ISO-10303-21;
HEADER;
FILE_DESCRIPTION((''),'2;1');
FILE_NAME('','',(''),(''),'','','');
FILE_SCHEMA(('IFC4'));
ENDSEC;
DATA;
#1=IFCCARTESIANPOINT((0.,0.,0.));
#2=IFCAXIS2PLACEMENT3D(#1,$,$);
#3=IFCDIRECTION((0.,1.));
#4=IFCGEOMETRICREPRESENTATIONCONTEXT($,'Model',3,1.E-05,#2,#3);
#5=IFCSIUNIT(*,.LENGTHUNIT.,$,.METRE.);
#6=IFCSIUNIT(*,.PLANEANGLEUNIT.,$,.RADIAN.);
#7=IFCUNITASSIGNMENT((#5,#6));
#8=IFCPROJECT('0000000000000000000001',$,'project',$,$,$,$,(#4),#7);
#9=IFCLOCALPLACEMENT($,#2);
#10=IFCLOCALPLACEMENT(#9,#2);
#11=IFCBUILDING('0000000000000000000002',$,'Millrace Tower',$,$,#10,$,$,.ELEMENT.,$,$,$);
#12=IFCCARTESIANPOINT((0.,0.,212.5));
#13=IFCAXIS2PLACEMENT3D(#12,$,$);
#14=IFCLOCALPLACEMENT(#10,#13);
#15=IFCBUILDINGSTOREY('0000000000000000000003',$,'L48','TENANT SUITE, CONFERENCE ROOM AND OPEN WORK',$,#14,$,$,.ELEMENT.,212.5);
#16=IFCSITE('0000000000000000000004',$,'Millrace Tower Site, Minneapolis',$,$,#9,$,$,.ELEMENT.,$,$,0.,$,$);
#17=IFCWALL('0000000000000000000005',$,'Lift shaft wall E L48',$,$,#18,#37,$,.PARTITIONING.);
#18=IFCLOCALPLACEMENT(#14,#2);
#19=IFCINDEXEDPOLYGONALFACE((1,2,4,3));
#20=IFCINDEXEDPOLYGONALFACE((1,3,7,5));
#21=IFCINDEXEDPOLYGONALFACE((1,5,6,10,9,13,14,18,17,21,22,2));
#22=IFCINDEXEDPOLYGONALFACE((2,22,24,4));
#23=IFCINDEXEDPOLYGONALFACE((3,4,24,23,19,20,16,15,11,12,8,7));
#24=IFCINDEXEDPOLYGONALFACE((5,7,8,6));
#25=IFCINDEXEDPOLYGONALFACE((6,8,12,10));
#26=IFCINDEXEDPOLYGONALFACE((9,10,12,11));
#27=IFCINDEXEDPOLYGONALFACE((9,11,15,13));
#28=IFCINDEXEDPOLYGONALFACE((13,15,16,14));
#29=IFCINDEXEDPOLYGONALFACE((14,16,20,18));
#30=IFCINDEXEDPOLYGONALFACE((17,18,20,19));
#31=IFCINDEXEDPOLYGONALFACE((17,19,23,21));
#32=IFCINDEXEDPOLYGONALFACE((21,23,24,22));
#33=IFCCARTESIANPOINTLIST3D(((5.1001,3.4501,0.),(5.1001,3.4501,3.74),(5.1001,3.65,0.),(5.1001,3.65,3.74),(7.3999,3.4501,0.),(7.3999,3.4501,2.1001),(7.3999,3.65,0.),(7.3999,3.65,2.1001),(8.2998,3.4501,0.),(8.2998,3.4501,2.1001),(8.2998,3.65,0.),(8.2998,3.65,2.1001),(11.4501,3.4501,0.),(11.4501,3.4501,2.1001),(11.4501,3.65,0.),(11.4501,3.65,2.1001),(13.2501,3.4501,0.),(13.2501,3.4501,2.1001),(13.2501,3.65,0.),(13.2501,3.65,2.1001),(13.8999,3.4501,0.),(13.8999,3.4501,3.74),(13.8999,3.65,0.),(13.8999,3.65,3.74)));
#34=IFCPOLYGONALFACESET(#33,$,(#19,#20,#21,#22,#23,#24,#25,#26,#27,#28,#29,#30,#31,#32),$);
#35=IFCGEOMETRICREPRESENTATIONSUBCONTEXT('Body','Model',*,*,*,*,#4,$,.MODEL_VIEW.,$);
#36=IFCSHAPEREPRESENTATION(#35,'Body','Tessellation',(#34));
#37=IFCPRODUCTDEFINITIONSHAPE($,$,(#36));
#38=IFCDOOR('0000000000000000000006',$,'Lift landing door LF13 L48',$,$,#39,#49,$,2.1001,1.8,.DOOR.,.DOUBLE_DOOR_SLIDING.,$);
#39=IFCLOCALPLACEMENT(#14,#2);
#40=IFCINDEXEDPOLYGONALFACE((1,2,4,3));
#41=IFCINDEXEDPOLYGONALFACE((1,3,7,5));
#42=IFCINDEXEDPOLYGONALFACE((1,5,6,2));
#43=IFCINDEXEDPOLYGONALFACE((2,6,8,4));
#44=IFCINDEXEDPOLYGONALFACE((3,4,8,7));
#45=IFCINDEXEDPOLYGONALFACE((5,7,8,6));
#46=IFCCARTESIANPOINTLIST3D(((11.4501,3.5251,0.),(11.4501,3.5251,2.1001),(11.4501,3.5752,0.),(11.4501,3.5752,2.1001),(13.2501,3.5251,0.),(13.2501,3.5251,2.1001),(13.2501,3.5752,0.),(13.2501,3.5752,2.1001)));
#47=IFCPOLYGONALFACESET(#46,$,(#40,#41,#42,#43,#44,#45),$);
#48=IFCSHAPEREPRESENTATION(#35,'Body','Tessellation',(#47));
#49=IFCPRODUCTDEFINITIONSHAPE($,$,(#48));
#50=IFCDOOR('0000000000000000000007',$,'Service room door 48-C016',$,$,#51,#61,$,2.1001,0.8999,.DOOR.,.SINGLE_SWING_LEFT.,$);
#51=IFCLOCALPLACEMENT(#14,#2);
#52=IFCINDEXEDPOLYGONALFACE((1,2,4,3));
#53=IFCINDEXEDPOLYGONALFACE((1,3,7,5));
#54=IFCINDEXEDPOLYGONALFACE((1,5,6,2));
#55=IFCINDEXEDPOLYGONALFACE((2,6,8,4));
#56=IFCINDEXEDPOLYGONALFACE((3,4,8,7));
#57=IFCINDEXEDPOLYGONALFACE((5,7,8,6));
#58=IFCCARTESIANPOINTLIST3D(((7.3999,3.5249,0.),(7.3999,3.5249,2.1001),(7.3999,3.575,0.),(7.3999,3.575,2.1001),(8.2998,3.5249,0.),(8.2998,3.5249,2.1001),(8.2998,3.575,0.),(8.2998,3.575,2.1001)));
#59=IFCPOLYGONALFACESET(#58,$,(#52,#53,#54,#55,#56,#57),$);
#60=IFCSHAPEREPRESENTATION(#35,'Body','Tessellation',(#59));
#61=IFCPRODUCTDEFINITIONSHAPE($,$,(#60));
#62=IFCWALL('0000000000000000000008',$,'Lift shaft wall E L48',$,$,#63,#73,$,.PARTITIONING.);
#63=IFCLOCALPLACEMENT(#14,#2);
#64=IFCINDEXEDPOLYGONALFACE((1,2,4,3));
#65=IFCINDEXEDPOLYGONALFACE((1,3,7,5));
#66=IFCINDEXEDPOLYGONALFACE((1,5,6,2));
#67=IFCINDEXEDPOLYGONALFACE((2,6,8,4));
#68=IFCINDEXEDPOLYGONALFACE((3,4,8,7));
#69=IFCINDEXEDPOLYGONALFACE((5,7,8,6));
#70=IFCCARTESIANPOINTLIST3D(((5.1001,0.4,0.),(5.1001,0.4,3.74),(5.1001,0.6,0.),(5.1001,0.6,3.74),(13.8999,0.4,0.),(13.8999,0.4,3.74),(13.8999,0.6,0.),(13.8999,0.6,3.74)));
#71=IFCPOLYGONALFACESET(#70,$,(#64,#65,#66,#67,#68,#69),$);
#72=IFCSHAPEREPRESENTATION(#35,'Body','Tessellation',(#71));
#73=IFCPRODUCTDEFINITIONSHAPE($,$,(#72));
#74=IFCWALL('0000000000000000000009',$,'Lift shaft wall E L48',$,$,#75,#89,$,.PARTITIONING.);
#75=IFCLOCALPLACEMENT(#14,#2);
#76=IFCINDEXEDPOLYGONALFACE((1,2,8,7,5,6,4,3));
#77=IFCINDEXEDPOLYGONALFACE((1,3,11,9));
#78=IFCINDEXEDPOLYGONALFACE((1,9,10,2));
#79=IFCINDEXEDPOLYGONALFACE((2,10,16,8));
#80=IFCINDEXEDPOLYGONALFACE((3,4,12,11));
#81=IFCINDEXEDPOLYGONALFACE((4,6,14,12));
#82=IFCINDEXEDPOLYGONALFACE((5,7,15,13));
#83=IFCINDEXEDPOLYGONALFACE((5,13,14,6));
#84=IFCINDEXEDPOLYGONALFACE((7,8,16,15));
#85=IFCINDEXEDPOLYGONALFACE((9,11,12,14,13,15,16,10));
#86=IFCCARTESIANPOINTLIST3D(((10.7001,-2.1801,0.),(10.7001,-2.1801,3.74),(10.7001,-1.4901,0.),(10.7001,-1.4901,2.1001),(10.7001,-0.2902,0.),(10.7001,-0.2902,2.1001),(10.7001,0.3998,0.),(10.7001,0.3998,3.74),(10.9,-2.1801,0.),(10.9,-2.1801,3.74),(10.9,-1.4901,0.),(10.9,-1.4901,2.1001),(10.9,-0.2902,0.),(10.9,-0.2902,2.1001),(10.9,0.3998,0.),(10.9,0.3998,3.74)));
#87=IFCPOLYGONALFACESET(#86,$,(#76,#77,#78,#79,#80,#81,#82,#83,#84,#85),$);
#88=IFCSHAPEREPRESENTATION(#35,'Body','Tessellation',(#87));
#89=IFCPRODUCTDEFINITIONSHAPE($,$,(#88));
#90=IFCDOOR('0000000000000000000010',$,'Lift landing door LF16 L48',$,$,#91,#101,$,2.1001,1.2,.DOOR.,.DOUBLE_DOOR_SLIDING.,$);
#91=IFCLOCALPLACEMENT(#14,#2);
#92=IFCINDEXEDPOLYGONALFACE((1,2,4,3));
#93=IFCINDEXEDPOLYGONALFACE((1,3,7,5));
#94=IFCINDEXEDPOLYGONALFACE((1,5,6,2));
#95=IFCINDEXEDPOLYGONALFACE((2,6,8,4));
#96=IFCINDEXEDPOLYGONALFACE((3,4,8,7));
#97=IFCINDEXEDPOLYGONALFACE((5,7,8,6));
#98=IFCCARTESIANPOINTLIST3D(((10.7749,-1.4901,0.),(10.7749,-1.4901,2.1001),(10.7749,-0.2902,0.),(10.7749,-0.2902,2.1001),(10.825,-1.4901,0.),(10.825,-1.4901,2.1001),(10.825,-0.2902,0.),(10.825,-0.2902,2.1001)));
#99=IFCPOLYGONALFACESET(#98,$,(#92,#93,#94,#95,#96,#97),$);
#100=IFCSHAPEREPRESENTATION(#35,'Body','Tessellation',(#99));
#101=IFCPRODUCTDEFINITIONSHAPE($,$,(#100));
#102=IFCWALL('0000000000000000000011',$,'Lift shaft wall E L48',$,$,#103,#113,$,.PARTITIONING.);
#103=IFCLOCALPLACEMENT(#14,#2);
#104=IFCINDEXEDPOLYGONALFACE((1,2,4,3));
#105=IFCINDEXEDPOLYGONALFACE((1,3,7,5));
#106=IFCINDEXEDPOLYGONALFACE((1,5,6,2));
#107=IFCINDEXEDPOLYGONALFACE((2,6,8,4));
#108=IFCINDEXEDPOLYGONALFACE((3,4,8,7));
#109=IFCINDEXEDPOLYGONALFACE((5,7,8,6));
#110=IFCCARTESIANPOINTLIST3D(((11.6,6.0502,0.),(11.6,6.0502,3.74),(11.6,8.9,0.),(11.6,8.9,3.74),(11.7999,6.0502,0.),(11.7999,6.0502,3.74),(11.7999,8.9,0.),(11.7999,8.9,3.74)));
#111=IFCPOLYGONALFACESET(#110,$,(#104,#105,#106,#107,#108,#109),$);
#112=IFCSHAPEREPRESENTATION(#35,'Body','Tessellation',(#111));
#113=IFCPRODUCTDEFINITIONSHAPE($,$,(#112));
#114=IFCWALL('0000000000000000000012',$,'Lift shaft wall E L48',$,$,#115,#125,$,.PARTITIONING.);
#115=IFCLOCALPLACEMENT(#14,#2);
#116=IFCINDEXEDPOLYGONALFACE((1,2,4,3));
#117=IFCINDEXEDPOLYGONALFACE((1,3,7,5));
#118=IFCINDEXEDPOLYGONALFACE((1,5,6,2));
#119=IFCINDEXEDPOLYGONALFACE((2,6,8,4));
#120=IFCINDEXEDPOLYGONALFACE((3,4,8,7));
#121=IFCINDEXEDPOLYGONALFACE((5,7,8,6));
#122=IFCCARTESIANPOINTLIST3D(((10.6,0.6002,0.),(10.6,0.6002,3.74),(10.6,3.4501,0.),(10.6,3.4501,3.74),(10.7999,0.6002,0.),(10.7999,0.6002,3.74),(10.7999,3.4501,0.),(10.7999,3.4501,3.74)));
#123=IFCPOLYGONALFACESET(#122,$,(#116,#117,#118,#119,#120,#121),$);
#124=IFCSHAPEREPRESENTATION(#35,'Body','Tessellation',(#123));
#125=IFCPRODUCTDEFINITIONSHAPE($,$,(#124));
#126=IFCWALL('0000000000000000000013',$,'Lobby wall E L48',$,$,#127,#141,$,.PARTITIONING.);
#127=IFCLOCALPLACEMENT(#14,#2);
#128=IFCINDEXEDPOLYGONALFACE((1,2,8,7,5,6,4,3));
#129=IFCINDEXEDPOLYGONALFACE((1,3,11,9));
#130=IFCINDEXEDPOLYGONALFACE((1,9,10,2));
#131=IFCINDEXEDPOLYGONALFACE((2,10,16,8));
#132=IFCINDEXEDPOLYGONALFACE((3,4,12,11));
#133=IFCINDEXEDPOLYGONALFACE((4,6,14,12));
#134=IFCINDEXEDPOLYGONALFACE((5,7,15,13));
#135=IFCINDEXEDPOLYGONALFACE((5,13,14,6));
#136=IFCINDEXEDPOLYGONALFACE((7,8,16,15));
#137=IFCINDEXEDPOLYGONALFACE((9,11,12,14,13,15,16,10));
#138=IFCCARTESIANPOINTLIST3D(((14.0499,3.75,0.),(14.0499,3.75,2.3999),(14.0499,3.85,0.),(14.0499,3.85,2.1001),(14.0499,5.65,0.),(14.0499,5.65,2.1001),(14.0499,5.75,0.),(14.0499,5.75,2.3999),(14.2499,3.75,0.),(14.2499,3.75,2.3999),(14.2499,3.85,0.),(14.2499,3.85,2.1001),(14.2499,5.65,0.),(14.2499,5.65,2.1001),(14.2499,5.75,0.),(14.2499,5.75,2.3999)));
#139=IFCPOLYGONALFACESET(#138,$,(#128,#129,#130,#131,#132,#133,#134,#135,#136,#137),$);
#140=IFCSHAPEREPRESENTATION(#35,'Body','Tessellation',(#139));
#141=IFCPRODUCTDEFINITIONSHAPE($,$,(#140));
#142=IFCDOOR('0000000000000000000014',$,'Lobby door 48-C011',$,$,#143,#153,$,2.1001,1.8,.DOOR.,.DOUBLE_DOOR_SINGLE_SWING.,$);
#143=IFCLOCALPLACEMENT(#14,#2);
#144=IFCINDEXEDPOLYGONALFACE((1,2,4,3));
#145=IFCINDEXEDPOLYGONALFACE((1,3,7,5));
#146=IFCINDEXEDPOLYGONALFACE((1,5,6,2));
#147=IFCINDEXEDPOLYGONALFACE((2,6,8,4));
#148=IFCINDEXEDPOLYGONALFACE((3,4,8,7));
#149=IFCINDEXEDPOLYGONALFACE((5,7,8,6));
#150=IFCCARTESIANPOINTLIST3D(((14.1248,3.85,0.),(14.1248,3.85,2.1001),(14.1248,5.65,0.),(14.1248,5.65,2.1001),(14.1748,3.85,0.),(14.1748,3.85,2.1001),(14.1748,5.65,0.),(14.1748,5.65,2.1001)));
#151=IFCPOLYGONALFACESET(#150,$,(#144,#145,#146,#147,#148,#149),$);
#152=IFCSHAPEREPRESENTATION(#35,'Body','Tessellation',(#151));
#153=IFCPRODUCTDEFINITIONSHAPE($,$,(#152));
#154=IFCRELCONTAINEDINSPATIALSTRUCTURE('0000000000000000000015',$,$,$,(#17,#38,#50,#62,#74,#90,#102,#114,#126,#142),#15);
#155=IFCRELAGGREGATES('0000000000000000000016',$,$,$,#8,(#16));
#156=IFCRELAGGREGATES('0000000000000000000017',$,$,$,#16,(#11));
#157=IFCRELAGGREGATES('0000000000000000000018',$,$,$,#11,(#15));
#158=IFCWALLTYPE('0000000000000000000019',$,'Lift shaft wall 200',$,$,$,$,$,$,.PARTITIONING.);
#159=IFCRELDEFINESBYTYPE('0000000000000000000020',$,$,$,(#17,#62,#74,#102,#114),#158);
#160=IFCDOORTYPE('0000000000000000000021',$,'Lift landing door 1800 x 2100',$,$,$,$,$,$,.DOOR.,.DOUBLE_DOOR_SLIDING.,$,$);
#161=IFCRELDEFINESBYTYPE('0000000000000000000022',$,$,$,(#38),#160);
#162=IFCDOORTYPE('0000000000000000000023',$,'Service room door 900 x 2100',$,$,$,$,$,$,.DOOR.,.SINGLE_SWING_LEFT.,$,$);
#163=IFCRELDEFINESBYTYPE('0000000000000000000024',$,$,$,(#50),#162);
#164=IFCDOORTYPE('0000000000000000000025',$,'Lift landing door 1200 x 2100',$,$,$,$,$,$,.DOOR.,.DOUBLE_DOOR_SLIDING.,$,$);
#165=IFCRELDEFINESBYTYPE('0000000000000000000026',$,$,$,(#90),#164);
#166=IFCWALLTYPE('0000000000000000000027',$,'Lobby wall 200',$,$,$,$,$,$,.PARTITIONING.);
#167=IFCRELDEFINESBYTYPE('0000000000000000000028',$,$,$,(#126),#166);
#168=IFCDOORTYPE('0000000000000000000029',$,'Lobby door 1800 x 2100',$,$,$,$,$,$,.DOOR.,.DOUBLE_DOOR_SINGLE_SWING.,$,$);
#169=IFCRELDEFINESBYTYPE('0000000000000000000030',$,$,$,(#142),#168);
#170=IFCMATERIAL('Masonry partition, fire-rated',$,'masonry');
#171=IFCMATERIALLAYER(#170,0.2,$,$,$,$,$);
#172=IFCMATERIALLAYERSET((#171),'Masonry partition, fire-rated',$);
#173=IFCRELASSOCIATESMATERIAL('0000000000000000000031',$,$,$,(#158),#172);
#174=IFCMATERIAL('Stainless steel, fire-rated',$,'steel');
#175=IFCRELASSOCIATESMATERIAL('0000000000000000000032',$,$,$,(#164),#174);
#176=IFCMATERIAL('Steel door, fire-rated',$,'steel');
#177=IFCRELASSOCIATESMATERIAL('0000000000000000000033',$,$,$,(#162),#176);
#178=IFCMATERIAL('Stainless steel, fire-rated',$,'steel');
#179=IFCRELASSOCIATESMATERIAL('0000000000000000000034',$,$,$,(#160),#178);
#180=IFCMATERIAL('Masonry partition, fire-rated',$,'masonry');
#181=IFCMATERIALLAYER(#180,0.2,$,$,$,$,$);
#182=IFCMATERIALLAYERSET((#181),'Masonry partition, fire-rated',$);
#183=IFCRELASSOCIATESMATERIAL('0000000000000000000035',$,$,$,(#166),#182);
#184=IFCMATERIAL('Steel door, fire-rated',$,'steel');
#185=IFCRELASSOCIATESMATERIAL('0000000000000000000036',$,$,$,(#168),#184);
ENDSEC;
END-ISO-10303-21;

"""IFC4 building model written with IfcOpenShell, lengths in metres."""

from ifc_helpers import new_model, si_unit, direction, frame, frame_2d, origin, place, context, subcontext, project, spatial, rectangle, extrude, material, layer, layer_set, type_object, element, fill, save


model = new_model("IFC4")

# Units and contexts
model_context = context("Model", 3, precision=1e-05, world=origin(), true_north=direction((0.0, 1.0)))
body_context = subcontext(model_context, "Body", "Model", "MODEL_VIEW")
ifc_project = project(units=[si_unit("LENGTHUNIT", "METRE"), si_unit("PLANEANGLEUNIT", "RADIAN")], contexts=[model_context])

# Site, building, storey
site_placement = place(None, origin())
site = spatial("IfcSite", under=ifc_project, at=site_placement, Name="Millrace Tower Site, Minneapolis", CompositionType="ELEMENT", RefElevation=0.0)
building_placement = place(site_placement, origin())
building = spatial("IfcBuilding", under=site, at=building_placement, Name="Millrace Tower", CompositionType="ELEMENT")
storey_placement = place(building_placement, frame((0.0, 0.0, 212.5)))
storey = spatial("IfcBuildingStorey", under=building, at=storey_placement, Name="L48", Description="TENANT SUITE, CONFERENCE ROOM AND OPEN WORK", CompositionType="ELEMENT", Elevation=212.5)

# Wall, openings, doors
ifc_material_1 = material(Name="Masonry partition, fire-rated", Category="masonry")
ifc_layer_1 = layer(ifc_material_1, 0.2)
ifc_layer_set_1 = layer_set([ifc_layer_1], Name="Masonry partition, fire-rated")
wall_type_1 = type_object("IfcWallType", Name="Lift shaft wall 200", PredefinedType="PARTITIONING", material=ifc_layer_set_1)
ifc_material_2 = material(Name="Stainless steel, fire-rated", Category="steel")
door_type_1 = type_object("IfcDoorType", Name="Lift landing door 1200 x 2100", OperationType="DOUBLE_DOOR_SLIDING", PredefinedType="DOOR", material=ifc_material_2)
ifc_material_3 = material(Name="Steel door, fire-rated", Category="steel")
door_type_2 = type_object("IfcDoorType", Name="Service room door 900 x 2100", OperationType="SINGLE_SWING_LEFT", PredefinedType="DOOR", material=ifc_material_3)
wall_1_placement = place(storey_placement, frame((13.8999, 3.55, 0.0), z_axis=(0.0, 0.0, 1.0), x_axis=(-1.0, 0.0, 0.0)))
wall_1 = element("IfcWall", 1, at=wall_1_placement, inside=storey, type_object=wall_type_1, Name="Lift shaft wall E L48", PredefinedType="PARTITIONING", context=body_context, shape_type="SweptSolid", body=[
    extrude(rectangle(XDim=8.7998, YDim=0.2, at=frame_2d((4.3999, 0.0))), origin(), (0.0, 0.0, 1.0), 3.74),
])
opening_1_placement = place(wall_1_placement, frame((0.6499, 0.0, 0.0)))
opening_1 = element("IfcOpeningElement", 2, at=opening_1_placement, cuts=wall_1, PredefinedType="OPENING", context=body_context, shape_type="SweptSolid", body=[
    extrude(rectangle(XDim=1.8, YDim=2.1001, at=frame_2d((0.8999, 1.05))), frame((0.0, 0.1099, 0.0), z_axis=(0.0, -1.0, 0.0), x_axis=(1.0, 0.0, 0.0)), (0.0, 0.0, 1.0), 0.22),
])
opening_2_placement = place(wall_1_placement, frame((5.6001, 0.0, 0.0)))
opening_2 = element("IfcOpeningElement", 3, at=opening_2_placement, cuts=wall_1, PredefinedType="OPENING", context=body_context, shape_type="SweptSolid", body=[
    extrude(rectangle(XDim=0.8999, YDim=2.1001, at=frame_2d((0.45, 1.05))), frame((0.0, 0.1099, 0.0), z_axis=(0.0, -1.0, 0.0), x_axis=(1.0, 0.0, 0.0)), (0.0, 0.0, 1.0), 0.22),
])
ifc_material_4 = material(Name="Stainless steel, fire-rated", Category="steel")
door_type_3 = type_object("IfcDoorType", Name="Lift landing door 1800 x 2100", OperationType="DOUBLE_DOOR_SLIDING", PredefinedType="DOOR", material=ifc_material_4)
door_1_placement = place(opening_1_placement, origin())
door_1 = element("IfcDoor", 4, at=door_1_placement, inside=storey, type_object=door_type_3, Name="Lift landing door LF13 L48", OperationType="DOUBLE_DOOR_SLIDING", OverallHeight=2.1001, OverallWidth=1.8, PredefinedType="DOOR", context=body_context, shape_type="SweptSolid", body=[
    extrude(rectangle(XDim=1.8, YDim=2.1001, at=frame_2d((0.8999, 1.05))), frame((0.0, 0.0249, 0.0), z_axis=(0.0, -1.0, 0.0), x_axis=(1.0, 0.0, 0.0)), (0.0, 0.0, 1.0), 0.05),
])
fill(opening_1, door_1)
door_2_placement = place(opening_2_placement, frame((0.8999, 0.0, 0.0), z_axis=(0.0, 0.0, 1.0), x_axis=(-1.0, 0.0, 0.0)))
door_2 = element("IfcDoor", 5, at=door_2_placement, inside=storey, type_object=door_type_2, Name="Service room door 48-C016", OperationType="SINGLE_SWING_LEFT", OverallHeight=2.1001, OverallWidth=0.8999, PredefinedType="DOOR", context=body_context, shape_type="SweptSolid", body=[
    extrude(rectangle(XDim=0.8999, YDim=2.1001, at=frame_2d((0.45, 1.05))), frame((0.0, 0.0249, 0.0), z_axis=(0.0, -1.0, 0.0), x_axis=(1.0, 0.0, 0.0)), (0.0, 0.0, 1.0), 0.05),
])
fill(opening_2, door_2)

# Wall
wall_2_placement = place(storey_placement, frame((13.8999, 0.5, 0.0), z_axis=(0.0, 0.0, 1.0), x_axis=(-1.0, 0.0, 0.0)))
element("IfcWall", 6, at=wall_2_placement, inside=storey, type_object=wall_type_1, Name="Lift shaft wall E L48", PredefinedType="PARTITIONING", context=body_context, shape_type="SweptSolid", body=[
    extrude(rectangle(XDim=8.7998, YDim=0.2, at=frame_2d((4.3999, 0.0))), origin(), (0.0, 0.0, 1.0), 3.74),
])

# Wall, opening, door
wall_3_placement = place(storey_placement, frame((10.8, 0.3999, 0.0), z_axis=(0.0, 0.0, 1.0), x_axis=(0.0, -1.0, 0.0)))
wall_3 = element("IfcWall", 7, at=wall_3_placement, inside=storey, type_object=wall_type_1, Name="Lift shaft wall E L48", PredefinedType="PARTITIONING", context=body_context, shape_type="SweptSolid", body=[
    extrude(rectangle(XDim=2.5798, YDim=0.2, at=frame_2d((1.29, 0.0))), origin(), (0.0, 0.0, 1.0), 3.74),
])
opening_3_placement = place(wall_3_placement, frame((0.6899, 0.0, 0.0)))
opening_3 = element("IfcOpeningElement", 8, at=opening_3_placement, cuts=wall_3, PredefinedType="OPENING", context=body_context, shape_type="SweptSolid", body=[
    extrude(rectangle(XDim=1.2, YDim=2.1001, at=frame_2d((0.6001, 1.05))), frame((0.0, 0.1099, 0.0), z_axis=(0.0, -1.0, 0.0), x_axis=(1.0, 0.0, 0.0)), (0.0, 0.0, 1.0), 0.22),
])
door_3_placement = place(opening_3_placement, origin())
door_3 = element("IfcDoor", 9, at=door_3_placement, inside=storey, type_object=door_type_1, Name="Lift landing door LF16 L48", OperationType="DOUBLE_DOOR_SLIDING", OverallHeight=2.1001, OverallWidth=1.2, PredefinedType="DOOR", context=body_context, shape_type="SweptSolid", body=[
    extrude(rectangle(XDim=1.2, YDim=2.1001, at=frame_2d((0.6001, 1.05))), frame((0.0, 0.0249, 0.0), z_axis=(0.0, -1.0, 0.0), x_axis=(1.0, 0.0, 0.0)), (0.0, 0.0, 1.0), 0.05),
])
fill(opening_3, door_3)

# Walls
for number, where, z_axis, x_axis, name in (
    (10, (11.7, 8.8999, 0.0), (0.0, 0.0, 1.0), (0.0, -1.0, 0.0), "Lift shaft wall E L48"),
    (11, (10.7, 3.45, 0.0), (0.0, 0.0, 1.0), (0.0, -1.0, 0.0), "Lift shaft wall E L48"),
):
    element("IfcWall", number, at=place(storey_placement, frame(where, z_axis=z_axis, x_axis=x_axis)), inside=storey, type_object=wall_type_1, Name=name, PredefinedType="PARTITIONING", context=body_context, shape_type="SweptSolid", body=[
        extrude(rectangle(XDim=2.8499, YDim=0.2, at=frame_2d((1.4248, 0.0))), origin(), (0.0, 0.0, 1.0), 3.74),
    ])

# Wall, opening, door
ifc_material_5 = material(Name="Masonry partition, fire-rated", Category="masonry")
ifc_layer_2 = layer(ifc_material_5, 0.2)
ifc_layer_set_2 = layer_set([ifc_layer_2], Name="Masonry partition, fire-rated")
wall_type_2 = type_object("IfcWallType", Name="Lobby wall 200", PredefinedType="PARTITIONING", material=ifc_layer_set_2)
wall_4_placement = place(storey_placement, frame((14.1499, 5.75, 0.0), z_axis=(0.0, 0.0, 1.0), x_axis=(0.0, -1.0, 0.0)))
wall_4 = element("IfcWall", 12, at=wall_4_placement, inside=storey, type_object=wall_type_2, Name="Lobby wall E L48", PredefinedType="PARTITIONING", context=body_context, shape_type="SweptSolid", body=[
    extrude(rectangle(XDim=2.0, YDim=0.2, at=frame_2d((1.0, 0.0))), origin(), (0.0, 0.0, 1.0), 2.3999),
])
opening_4_placement = place(wall_4_placement, frame((0.1001, 0.0, 0.0)))
opening_4 = element("IfcOpeningElement", 13, at=opening_4_placement, cuts=wall_4, PredefinedType="OPENING", context=body_context, shape_type="SweptSolid", body=[
    extrude(rectangle(XDim=1.8, YDim=2.1001, at=frame_2d((0.8999, 1.05))), frame((0.0, 0.1099, 0.0), z_axis=(0.0, -1.0, 0.0), x_axis=(1.0, 0.0, 0.0)), (0.0, 0.0, 1.0), 0.22),
])
ifc_material_6 = material(Name="Steel door, fire-rated", Category="steel")
door_type_4 = type_object("IfcDoorType", Name="Lobby door 1800 x 2100", OperationType="DOUBLE_DOOR_SINGLE_SWING", PredefinedType="DOOR", material=ifc_material_6)
door_4_placement = place(opening_4_placement, origin())
door_4 = element("IfcDoor", 14, at=door_4_placement, inside=storey, type_object=door_type_4, Name="Lobby door 48-C011", OperationType="DOUBLE_DOOR_SINGLE_SWING", OverallHeight=2.1001, OverallWidth=1.8, PredefinedType="DOOR", context=body_context, shape_type="SweptSolid", body=[
    extrude(rectangle(XDim=1.8, YDim=2.1001, at=frame_2d((0.8999, 1.05))), frame((0.0, 0.0249, 0.0), z_axis=(0.0, -1.0, 0.0), x_axis=(1.0, 0.0, 0.0)), (0.0, 0.0, 1.0), 0.05),
])
fill(opening_4, door_4)

save(model, "model.ifc")
